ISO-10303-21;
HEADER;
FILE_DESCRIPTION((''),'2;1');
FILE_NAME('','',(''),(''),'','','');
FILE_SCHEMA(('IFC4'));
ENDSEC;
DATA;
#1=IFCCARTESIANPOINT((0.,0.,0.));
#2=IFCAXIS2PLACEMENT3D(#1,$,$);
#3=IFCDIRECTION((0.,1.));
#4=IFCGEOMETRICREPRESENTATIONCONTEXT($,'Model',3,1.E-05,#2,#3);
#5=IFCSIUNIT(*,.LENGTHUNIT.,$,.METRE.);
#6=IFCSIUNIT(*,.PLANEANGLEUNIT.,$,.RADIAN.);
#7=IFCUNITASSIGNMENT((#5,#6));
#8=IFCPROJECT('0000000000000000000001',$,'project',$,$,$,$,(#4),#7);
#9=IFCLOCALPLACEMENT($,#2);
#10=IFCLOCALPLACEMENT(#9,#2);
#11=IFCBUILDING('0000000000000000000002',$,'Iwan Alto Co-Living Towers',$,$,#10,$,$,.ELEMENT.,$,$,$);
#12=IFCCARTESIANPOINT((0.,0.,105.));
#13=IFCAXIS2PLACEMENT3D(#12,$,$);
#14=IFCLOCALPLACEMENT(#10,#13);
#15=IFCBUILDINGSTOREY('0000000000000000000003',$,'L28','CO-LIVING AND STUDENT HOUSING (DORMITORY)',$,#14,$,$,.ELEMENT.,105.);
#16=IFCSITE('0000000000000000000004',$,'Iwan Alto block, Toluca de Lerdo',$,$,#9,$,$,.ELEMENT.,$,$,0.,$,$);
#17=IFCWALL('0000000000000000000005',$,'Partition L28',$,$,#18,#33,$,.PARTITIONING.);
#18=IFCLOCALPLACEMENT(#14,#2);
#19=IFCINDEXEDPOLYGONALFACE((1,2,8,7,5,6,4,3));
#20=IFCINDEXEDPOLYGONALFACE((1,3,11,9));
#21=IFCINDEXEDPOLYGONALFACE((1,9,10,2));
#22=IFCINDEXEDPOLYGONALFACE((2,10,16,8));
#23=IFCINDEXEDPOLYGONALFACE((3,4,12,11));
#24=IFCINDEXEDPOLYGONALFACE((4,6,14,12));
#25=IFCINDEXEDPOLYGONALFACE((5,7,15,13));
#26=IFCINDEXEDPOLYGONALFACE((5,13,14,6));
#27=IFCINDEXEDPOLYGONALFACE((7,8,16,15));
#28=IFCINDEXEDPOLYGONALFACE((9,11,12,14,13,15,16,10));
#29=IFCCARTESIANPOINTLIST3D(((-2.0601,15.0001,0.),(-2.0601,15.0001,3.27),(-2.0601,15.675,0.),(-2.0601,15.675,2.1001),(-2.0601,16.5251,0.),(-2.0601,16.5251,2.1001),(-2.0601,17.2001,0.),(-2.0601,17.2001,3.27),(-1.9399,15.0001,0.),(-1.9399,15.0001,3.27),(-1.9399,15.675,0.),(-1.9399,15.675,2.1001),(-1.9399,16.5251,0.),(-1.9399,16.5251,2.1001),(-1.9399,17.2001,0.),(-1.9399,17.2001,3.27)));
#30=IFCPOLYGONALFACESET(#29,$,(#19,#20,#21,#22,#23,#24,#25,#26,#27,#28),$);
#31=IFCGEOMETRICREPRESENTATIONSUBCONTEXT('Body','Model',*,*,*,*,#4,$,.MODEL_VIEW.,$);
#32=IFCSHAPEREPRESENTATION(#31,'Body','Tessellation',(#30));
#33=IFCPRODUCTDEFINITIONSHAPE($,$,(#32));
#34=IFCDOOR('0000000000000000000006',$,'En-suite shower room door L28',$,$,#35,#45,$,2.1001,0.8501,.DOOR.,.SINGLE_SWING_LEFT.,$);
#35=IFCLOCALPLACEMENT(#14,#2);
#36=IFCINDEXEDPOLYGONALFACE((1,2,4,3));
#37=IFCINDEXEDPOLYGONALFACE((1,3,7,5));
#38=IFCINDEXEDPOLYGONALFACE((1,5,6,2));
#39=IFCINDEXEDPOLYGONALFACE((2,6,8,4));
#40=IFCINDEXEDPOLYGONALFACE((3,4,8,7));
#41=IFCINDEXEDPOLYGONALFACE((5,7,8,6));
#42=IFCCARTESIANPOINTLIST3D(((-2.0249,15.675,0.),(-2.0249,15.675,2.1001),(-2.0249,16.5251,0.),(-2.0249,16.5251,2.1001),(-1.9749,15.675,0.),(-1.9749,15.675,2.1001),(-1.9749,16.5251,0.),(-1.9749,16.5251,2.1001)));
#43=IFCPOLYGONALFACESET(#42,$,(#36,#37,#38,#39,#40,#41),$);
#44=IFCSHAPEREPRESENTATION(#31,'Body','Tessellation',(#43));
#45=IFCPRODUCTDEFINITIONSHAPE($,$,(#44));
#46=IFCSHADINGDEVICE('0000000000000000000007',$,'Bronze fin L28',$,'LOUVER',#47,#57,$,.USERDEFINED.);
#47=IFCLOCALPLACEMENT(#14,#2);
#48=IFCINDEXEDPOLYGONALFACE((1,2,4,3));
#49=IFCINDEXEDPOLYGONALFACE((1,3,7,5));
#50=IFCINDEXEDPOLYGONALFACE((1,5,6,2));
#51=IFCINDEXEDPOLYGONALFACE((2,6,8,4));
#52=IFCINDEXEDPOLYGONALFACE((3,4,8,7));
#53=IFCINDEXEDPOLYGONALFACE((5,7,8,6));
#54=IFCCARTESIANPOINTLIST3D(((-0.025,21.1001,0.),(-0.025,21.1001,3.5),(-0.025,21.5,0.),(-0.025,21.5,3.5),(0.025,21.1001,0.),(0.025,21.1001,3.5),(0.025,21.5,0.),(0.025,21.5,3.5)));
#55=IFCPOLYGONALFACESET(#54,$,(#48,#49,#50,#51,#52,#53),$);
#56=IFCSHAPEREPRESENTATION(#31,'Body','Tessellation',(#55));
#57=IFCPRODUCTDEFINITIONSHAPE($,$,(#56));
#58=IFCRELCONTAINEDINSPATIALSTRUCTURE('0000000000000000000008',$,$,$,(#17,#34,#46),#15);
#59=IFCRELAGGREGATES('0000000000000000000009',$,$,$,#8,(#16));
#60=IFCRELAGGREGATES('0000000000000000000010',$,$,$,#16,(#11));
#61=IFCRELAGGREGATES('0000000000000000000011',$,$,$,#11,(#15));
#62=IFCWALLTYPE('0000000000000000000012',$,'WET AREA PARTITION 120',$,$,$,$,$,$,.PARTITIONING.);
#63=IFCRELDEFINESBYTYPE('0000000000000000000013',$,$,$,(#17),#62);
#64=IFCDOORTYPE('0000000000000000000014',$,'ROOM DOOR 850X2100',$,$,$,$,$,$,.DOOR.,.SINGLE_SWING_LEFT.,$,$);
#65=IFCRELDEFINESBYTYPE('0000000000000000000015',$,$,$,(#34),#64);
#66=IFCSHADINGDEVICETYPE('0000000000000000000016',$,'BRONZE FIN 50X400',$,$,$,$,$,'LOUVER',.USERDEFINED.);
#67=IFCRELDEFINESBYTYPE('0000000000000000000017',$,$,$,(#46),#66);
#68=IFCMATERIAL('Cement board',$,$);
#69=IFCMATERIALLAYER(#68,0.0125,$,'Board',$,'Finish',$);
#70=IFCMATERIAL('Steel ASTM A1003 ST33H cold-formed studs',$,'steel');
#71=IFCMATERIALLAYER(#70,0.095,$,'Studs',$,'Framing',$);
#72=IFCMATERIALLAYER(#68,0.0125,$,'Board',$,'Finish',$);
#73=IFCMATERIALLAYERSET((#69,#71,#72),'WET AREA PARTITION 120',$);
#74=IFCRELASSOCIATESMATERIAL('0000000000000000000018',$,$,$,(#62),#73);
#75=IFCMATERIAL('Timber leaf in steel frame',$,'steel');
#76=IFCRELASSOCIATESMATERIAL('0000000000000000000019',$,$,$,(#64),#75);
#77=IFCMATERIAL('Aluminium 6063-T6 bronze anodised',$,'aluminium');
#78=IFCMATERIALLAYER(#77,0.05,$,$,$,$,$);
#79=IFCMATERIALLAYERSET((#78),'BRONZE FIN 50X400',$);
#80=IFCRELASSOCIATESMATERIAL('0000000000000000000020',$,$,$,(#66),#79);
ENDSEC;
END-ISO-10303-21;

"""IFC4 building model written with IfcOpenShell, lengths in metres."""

from ifc_helpers import new_model, si_unit, direction, frame, frame_2d, origin, origin_2d, place, context, subcontext, project, spatial, rectangle, extrude, material, layer, layer_set, type_object, element, fill, save


model = new_model("IFC4")

# Units and contexts
model_context = context("Model", 3, precision=1e-05, world=origin(), true_north=direction((0.0, 1.0)))
body_context = subcontext(model_context, "Body", "Model", "MODEL_VIEW")
ifc_project = project(units=[si_unit("LENGTHUNIT", "METRE"), si_unit("PLANEANGLEUNIT", "RADIAN")], contexts=[model_context])

# Site, building, storey
site_placement = place(None, origin())
site = spatial("IfcSite", under=ifc_project, at=site_placement, Name="Iwan Alto block, Toluca de Lerdo", CompositionType="ELEMENT", RefElevation=0.0)
building_placement = place(site_placement, origin())
building = spatial("IfcBuilding", under=site, at=building_placement, Name="Iwan Alto Co-Living Towers", CompositionType="ELEMENT")
storey_placement = place(building_placement, frame((0.0, 0.0, 105.0)))
storey = spatial("IfcBuildingStorey", under=building, at=storey_placement, Name="L28", Description="CO-LIVING AND STUDENT HOUSING (DORMITORY)", CompositionType="ELEMENT", Elevation=105.0)

# Shared definitions
ifc_material_1 = material(Name="Steel ASTM A1003 ST33H cold-formed studs", Category="steel")

# Shared definitions
ifc_material_2 = material(Name="Cement board")
ifc_layer_1 = layer(ifc_material_2, 0.0125, Name="Board", Category="Finish")
ifc_layer_2 = layer(ifc_material_1, 0.095, Name="Studs", Category="Framing")
ifc_layer_3 = layer(ifc_material_2, 0.0125, Name="Board", Category="Finish")
ifc_layer_set_1 = layer_set([ifc_layer_1, ifc_layer_2, ifc_layer_3], Name="WET AREA PARTITION 120")
wall_type_1 = type_object("IfcWallType", Name="WET AREA PARTITION 120", PredefinedType="PARTITIONING", material=ifc_layer_set_1)

# Shared definitions
ifc_material_3 = material(Name="Timber leaf in steel frame", Category="steel")
door_type_1 = type_object("IfcDoorType", Name="ROOM DOOR 850X2100", OperationType="SINGLE_SWING_LEFT", PredefinedType="DOOR", material=ifc_material_3)

# Wall, opening, door
wall_1_placement = place(storey_placement, frame((-2.0, 15.0, 0.0), z_axis=(0.0, 0.0, 1.0), x_axis=(0.0, 1.0, 0.0)))
wall_1 = element("IfcWall", 1, at=wall_1_placement, inside=storey, type_object=wall_type_1, Name="Partition L28", PredefinedType="PARTITIONING", context=body_context, shape_type="SweptSolid", body=[
    extrude(rectangle(XDim=2.2, YDim=0.1201, at=frame_2d((1.1001, 0.0))), origin(), (0.0, 0.0, 1.0), 3.27),
])
opening_1_placement = place(wall_1_placement, frame((0.675, 0.0, 0.0)))
opening_1 = element("IfcOpeningElement", 2, at=opening_1_placement, cuts=wall_1, PredefinedType="OPENING", context=body_context, shape_type="SweptSolid", body=[
    extrude(rectangle(XDim=0.8501, YDim=2.1001, at=frame_2d((0.425, 1.05))), frame((0.0, 0.0701, 0.0), z_axis=(0.0, -1.0, 0.0), x_axis=(1.0, 0.0, 0.0)), (0.0, 0.0, 1.0), 0.1401),
])
door_1_placement = place(opening_1_placement, origin())
door_1 = element("IfcDoor", 3, at=door_1_placement, inside=storey, type_object=door_type_1, Name="En-suite shower room door L28", OperationType="SINGLE_SWING_LEFT", OverallHeight=2.1001, OverallWidth=0.8501, PredefinedType="DOOR", context=body_context, shape_type="SweptSolid", body=[
    extrude(rectangle(XDim=0.8501, YDim=2.1001, at=frame_2d((0.425, 1.05))), frame((0.0, 0.0249, 0.0), z_axis=(0.0, -1.0, 0.0), x_axis=(1.0, 0.0, 0.0)), (0.0, 0.0, 1.0), 0.05),
])
fill(opening_1, door_1)

# Shading device
ifc_material_4 = material(Name="Aluminium 6063-T6 bronze anodised", Category="aluminium")
ifc_layer_4 = layer(ifc_material_4, 0.05)
ifc_layer_set_2 = layer_set([ifc_layer_4], Name="BRONZE FIN 50X400")
shading_device_type = type_object("IfcShadingDeviceType", Name="BRONZE FIN 50X400", ElementType="LOUVER", PredefinedType="USERDEFINED", material=ifc_layer_set_2)
shading_device_placement = place(storey_placement, frame((0.0, 21.3, 0.0), z_axis=(0.0, 0.0, 1.0), x_axis=(-1.0, 0.0, 0.0)))
element("IfcShadingDevice", 4, at=shading_device_placement, inside=storey, type_object=shading_device_type, Name="Bronze fin L28", ObjectType="LOUVER", PredefinedType="USERDEFINED", context=body_context, shape_type="SweptSolid", body=[
    extrude(rectangle(XDim=0.05, YDim=0.3999, at=origin_2d()), origin(), (0.0, 0.0, 1.0), 3.5),
])

save(model, "model.ifc")
